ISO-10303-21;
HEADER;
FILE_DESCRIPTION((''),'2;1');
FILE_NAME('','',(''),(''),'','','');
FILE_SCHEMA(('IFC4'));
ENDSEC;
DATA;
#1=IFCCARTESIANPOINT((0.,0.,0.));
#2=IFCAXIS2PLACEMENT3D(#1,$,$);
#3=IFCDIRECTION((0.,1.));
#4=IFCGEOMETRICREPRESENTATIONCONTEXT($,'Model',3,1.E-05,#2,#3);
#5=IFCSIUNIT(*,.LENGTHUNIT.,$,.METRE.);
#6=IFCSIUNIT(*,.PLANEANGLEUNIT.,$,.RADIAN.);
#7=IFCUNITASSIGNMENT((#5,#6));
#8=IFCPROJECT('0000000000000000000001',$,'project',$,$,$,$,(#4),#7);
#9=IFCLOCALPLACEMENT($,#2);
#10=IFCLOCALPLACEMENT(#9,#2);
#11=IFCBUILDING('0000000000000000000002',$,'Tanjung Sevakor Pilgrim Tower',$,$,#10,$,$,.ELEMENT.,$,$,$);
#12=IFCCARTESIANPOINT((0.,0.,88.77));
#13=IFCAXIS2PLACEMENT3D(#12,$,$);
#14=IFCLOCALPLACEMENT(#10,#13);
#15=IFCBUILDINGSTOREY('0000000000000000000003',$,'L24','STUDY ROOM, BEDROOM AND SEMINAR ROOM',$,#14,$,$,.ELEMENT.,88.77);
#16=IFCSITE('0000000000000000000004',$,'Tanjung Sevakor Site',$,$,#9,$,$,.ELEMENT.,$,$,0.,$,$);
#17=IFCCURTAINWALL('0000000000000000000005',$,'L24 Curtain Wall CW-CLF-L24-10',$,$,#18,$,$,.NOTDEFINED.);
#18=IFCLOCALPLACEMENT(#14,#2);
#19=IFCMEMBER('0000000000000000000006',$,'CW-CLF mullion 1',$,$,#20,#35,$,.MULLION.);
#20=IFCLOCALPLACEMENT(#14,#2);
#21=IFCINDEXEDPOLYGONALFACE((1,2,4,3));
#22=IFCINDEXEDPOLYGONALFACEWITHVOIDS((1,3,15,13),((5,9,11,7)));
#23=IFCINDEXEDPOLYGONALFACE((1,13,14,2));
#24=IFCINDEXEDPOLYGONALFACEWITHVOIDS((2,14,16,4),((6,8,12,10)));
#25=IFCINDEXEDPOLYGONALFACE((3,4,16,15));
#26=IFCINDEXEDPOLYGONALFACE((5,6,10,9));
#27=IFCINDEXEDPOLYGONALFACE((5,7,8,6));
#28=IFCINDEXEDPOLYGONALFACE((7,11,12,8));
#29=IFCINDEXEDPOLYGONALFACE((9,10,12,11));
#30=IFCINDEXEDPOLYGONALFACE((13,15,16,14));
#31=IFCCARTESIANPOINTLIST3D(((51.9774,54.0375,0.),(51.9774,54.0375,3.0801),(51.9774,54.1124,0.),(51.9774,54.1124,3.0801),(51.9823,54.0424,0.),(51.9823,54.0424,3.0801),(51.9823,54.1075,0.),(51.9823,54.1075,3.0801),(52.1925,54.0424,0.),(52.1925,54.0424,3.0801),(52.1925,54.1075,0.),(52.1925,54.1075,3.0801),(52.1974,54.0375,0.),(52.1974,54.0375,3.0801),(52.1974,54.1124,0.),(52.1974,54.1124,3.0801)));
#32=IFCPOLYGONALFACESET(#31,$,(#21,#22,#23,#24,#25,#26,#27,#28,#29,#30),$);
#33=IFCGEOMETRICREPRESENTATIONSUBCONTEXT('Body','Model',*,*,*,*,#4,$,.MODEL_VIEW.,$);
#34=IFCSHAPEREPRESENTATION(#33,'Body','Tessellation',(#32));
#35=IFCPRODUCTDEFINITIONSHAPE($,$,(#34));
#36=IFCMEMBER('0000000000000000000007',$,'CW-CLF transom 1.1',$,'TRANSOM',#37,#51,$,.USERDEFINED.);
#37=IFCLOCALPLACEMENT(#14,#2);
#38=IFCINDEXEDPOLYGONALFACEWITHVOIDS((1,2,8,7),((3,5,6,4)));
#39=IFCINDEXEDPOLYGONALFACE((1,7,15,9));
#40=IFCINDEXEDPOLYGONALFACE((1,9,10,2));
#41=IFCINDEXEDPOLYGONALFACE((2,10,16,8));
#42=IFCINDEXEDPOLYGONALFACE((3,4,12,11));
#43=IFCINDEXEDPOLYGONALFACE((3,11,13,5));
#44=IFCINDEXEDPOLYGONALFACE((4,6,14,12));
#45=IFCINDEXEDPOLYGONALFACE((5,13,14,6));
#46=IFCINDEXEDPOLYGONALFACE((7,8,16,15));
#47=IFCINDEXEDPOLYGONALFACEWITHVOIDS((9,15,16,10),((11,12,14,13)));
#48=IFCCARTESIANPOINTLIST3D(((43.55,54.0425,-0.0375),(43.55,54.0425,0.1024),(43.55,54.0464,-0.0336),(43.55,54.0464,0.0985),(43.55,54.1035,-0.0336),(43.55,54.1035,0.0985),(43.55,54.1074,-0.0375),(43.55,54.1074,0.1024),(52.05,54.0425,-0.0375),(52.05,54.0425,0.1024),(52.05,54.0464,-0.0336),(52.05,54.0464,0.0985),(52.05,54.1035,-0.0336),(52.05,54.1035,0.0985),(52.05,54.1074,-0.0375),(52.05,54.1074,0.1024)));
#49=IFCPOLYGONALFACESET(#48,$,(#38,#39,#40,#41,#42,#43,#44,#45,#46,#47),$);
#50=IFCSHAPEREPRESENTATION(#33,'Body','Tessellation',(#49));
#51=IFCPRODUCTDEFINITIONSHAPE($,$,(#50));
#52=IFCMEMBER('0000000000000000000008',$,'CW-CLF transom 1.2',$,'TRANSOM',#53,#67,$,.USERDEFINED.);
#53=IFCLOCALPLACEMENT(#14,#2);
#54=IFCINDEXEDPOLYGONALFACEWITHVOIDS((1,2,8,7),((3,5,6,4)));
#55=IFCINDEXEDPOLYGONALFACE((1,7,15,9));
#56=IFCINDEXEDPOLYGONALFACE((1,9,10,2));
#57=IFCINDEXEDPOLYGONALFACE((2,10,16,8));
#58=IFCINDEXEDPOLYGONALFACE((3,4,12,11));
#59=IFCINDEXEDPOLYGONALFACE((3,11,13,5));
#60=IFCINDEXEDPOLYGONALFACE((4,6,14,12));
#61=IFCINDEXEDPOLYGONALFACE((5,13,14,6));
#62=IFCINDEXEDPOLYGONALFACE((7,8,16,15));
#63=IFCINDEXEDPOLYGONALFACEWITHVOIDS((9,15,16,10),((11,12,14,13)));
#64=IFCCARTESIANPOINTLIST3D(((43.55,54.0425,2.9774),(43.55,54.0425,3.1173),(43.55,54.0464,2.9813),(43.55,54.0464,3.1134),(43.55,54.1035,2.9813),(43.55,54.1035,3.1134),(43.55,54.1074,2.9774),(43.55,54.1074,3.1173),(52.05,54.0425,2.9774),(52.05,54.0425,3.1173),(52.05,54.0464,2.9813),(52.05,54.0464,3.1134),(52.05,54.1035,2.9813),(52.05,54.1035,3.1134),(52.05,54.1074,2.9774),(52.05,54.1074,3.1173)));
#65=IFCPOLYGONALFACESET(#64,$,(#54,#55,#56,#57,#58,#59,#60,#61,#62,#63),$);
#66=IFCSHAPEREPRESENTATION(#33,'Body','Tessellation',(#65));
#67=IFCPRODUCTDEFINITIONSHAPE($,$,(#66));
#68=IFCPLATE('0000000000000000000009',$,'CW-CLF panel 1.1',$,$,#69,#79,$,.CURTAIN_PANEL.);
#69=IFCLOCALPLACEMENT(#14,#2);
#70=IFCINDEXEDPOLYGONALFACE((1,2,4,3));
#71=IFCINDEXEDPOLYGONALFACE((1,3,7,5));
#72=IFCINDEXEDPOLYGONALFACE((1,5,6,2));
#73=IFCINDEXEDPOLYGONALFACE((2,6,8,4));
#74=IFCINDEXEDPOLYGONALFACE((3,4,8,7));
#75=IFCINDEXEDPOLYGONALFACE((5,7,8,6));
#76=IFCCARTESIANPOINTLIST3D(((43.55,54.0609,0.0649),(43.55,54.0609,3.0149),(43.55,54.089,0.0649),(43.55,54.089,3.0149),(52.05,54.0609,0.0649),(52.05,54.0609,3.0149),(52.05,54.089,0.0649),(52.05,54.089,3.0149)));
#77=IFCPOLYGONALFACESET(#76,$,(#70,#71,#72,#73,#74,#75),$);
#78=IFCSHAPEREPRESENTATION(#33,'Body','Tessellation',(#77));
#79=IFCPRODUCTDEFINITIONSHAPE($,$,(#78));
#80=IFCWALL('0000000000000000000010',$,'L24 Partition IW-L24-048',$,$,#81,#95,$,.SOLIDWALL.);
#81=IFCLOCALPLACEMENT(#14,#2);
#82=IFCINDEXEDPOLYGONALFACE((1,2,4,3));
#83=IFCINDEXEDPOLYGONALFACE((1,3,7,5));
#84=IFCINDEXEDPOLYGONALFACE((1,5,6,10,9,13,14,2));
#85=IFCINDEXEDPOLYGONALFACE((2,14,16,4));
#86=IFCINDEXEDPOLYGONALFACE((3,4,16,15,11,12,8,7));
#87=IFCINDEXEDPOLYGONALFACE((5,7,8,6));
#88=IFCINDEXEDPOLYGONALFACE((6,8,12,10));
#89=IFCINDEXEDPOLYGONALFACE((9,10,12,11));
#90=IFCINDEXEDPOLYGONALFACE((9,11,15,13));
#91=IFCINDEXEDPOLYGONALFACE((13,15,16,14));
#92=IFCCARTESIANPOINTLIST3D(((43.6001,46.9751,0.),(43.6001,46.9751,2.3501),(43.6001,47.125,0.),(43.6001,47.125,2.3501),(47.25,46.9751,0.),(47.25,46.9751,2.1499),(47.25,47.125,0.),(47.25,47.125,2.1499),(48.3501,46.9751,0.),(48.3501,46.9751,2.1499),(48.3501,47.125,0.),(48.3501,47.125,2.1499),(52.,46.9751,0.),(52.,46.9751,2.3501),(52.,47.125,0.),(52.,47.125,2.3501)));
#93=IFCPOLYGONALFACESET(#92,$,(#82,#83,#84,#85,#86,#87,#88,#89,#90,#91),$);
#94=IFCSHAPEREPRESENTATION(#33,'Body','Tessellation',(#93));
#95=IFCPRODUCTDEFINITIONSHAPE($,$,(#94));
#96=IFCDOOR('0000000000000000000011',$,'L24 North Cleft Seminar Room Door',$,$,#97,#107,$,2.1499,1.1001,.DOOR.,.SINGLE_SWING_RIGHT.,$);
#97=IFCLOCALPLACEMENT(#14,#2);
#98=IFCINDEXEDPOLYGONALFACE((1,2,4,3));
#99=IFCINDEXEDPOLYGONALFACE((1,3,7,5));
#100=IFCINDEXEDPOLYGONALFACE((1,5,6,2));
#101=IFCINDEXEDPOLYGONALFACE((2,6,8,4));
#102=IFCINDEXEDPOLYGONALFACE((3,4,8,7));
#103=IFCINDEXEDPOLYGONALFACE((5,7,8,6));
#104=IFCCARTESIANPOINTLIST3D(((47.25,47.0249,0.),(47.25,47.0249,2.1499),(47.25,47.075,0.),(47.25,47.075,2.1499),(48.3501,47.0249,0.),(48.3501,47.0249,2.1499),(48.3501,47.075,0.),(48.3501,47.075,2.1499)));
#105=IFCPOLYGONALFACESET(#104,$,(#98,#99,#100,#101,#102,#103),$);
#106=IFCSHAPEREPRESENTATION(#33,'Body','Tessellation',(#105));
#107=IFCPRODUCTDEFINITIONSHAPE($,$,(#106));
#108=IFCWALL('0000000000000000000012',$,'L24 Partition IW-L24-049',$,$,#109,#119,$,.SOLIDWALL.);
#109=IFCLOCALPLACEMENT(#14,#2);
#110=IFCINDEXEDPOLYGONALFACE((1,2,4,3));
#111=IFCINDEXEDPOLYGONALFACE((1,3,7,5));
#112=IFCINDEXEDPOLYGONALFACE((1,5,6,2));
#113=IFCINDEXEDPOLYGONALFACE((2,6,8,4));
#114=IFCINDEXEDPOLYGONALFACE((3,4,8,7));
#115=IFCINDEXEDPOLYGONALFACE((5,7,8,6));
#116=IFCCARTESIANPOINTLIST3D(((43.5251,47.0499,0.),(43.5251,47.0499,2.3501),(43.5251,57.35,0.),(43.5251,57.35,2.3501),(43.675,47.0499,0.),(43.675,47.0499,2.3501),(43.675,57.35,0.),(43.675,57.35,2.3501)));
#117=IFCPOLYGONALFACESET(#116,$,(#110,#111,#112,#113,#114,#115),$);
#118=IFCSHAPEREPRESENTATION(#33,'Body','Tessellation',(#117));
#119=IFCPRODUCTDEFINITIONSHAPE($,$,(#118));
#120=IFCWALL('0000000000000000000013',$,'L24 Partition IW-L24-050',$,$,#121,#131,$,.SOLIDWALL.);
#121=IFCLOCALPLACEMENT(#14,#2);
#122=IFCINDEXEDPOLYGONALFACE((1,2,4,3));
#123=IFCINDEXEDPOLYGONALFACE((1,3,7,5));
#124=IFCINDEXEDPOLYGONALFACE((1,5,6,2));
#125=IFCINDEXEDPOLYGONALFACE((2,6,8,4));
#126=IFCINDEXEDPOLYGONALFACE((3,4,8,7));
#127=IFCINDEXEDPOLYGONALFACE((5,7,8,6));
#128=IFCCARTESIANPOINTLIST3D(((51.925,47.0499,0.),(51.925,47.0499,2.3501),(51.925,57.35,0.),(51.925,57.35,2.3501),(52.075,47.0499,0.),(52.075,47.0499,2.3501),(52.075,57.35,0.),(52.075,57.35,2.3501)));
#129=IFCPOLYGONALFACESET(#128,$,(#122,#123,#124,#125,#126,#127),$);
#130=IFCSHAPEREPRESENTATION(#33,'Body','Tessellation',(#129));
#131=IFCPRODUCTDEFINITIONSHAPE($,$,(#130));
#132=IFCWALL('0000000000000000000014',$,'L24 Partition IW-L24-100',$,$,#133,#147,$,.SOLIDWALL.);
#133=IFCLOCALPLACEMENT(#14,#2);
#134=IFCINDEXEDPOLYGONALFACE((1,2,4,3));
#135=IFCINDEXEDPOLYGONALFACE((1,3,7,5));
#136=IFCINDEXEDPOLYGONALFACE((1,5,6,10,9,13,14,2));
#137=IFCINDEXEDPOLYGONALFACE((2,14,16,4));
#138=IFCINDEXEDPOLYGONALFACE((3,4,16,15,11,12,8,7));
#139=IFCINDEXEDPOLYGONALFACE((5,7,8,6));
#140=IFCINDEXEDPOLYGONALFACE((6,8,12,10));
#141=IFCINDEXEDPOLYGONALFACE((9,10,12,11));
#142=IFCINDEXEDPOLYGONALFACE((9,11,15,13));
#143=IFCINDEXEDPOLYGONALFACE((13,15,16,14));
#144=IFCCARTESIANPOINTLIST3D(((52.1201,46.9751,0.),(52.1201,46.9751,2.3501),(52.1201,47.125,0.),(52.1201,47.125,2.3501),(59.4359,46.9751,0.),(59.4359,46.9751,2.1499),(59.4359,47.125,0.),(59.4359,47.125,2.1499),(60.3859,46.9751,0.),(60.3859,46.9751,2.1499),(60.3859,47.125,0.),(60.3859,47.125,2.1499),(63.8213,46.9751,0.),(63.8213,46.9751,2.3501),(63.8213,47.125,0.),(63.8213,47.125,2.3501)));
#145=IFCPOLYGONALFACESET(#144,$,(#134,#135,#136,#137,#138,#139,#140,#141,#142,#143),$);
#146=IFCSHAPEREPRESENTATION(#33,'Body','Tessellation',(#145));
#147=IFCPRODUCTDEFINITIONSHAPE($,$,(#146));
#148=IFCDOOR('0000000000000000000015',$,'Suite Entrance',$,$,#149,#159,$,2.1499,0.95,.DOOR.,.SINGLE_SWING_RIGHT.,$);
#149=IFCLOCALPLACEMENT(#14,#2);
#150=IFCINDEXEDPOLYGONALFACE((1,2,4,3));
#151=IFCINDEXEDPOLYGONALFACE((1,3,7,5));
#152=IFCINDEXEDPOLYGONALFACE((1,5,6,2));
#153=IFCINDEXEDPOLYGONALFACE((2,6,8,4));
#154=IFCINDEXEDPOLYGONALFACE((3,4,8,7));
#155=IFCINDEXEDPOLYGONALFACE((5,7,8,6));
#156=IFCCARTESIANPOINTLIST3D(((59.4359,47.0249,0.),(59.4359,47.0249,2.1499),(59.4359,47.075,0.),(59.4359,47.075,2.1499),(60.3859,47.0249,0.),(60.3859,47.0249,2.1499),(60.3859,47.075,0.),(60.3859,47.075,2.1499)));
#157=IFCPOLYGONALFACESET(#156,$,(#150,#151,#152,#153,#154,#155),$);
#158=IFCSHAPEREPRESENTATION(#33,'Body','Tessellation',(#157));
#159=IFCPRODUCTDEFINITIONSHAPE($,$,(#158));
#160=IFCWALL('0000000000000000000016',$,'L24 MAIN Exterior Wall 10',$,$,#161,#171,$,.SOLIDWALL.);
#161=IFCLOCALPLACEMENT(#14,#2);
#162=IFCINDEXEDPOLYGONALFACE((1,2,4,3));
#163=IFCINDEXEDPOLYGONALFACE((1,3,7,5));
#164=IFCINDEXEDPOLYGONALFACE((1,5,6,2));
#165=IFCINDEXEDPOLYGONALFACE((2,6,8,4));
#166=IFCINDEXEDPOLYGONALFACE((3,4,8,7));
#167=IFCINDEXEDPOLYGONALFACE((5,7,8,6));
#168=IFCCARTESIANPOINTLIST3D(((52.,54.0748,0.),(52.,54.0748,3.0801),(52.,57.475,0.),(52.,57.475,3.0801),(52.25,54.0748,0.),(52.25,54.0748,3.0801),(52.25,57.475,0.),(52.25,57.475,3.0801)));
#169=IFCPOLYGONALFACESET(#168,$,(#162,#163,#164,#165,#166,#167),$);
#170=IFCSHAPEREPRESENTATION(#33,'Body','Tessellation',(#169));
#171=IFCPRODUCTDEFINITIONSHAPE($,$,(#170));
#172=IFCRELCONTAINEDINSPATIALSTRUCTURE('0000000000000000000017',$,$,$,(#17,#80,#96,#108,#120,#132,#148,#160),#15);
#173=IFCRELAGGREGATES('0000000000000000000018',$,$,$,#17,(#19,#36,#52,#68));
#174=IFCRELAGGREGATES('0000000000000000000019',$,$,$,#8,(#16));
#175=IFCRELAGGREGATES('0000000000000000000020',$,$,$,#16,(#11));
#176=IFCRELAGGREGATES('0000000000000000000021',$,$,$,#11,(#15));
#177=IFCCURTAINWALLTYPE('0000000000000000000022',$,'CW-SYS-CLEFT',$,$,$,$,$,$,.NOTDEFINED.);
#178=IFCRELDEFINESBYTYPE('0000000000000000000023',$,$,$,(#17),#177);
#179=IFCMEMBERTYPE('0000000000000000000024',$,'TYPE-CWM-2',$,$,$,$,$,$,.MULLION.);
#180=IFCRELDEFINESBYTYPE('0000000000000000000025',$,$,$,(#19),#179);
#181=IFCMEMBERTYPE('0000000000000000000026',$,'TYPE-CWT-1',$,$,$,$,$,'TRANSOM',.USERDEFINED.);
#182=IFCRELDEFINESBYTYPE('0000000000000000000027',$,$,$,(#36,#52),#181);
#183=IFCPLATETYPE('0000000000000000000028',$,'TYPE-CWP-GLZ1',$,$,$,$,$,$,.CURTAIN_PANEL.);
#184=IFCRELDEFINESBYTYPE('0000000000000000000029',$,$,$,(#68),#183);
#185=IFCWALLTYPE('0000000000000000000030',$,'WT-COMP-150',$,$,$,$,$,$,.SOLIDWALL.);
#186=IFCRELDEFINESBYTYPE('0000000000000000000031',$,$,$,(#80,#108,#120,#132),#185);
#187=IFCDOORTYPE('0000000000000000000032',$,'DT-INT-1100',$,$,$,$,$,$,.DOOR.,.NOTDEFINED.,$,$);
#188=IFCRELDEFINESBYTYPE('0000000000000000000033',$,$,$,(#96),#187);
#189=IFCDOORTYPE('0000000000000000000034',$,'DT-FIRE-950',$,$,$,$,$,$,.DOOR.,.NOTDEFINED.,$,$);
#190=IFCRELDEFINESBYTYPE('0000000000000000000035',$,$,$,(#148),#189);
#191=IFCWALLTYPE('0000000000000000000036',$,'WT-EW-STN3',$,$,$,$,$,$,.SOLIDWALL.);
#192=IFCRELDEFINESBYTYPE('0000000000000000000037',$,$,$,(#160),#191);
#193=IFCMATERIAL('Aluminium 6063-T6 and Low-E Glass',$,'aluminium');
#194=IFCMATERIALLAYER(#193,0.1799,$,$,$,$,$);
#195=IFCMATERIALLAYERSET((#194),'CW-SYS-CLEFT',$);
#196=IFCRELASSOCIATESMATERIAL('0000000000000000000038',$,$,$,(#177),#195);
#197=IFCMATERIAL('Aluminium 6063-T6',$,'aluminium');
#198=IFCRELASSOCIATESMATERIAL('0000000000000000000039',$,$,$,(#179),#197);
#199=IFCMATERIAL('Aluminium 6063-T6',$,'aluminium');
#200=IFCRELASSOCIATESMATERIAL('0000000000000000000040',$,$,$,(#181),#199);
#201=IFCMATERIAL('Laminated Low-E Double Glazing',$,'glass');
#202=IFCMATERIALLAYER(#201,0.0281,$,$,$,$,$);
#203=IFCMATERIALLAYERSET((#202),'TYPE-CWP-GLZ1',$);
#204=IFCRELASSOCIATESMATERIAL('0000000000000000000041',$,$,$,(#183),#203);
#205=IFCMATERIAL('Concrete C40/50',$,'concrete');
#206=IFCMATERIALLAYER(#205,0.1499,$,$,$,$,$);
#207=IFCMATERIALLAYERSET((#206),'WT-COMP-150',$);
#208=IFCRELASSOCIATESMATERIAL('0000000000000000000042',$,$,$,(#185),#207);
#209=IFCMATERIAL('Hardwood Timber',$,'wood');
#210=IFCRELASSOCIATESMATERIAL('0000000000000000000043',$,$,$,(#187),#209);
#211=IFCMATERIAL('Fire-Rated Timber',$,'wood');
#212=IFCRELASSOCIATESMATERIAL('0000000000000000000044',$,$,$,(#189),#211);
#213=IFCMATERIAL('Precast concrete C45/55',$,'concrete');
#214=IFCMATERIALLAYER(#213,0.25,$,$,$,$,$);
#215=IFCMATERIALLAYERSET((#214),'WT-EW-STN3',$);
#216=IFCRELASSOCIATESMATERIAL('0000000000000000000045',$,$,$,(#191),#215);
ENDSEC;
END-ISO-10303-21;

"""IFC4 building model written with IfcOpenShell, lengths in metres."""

from ifc_helpers import new_model, si_unit, direction, frame, frame_2d, origin, origin_2d, place, context, subcontext, project, spatial, rectangle, hollow_rectangle, extrude, material, layer, layer_set, material_profile, profile_set, type_object, element, fill, aggregate, save


model = new_model("IFC4")

# Units and contexts
model_context = context("Model", 3, precision=1e-05, world=origin(), true_north=direction((0.0, 1.0)))
body_context = subcontext(model_context, "Body", "Model", "MODEL_VIEW")
ifc_project = project(units=[si_unit("LENGTHUNIT", "METRE"), si_unit("PLANEANGLEUNIT", "RADIAN")], contexts=[model_context])

# Site, building, storey
site_placement = place(None, origin())
site = spatial("IfcSite", under=ifc_project, at=site_placement, Name="Tanjung Sevakor Site", CompositionType="ELEMENT", RefElevation=0.0)
building_placement = place(site_placement, origin())
building = spatial("IfcBuilding", under=site, at=building_placement, Name="Tanjung Sevakor Pilgrim Tower", CompositionType="ELEMENT")
storey_placement = place(building_placement, frame((0.0, 0.0, 88.77)))
storey = spatial("IfcBuildingStorey", under=building, at=storey_placement, Name="L24", Description="STUDY ROOM, BEDROOM AND SEMINAR ROOM", CompositionType="ELEMENT", Elevation=88.77)

# Curtain wall, members, plate
ifc_material_1 = material(Name="Aluminium 6063-T6 and Low-E Glass", Category="aluminium")
ifc_layer_1 = layer(ifc_material_1, 0.1799)
ifc_layer_set_1 = layer_set([ifc_layer_1], Name="CW-SYS-CLEFT")
curtain_wall_type = type_object("IfcCurtainWallType", Name="CW-SYS-CLEFT", PredefinedType="NOTDEFINED", material=ifc_layer_set_1)
curtain_wall_placement = place(storey_placement, origin())
curtain_wall = element("IfcCurtainWall", 1, at=curtain_wall_placement, inside=storey, type_object=curtain_wall_type, Name="L24 Curtain Wall CW-CLF-L24-10", PredefinedType="NOTDEFINED")
ifc_material_2 = material(Name="Aluminium 6063-T6", Category="aluminium")
ifc_material_profile_1 = material_profile(ifc_material_2, hollow_rectangle(XDim=0.075, YDim=0.22, WallThickness=0.0049, at=origin_2d()))
ifc_profile_set_1 = profile_set([ifc_material_profile_1], Name="Aluminium 6063-T6")
member_type_1 = type_object("IfcMemberType", Name="TYPE-CWM-2", PredefinedType="MULLION", material=ifc_profile_set_1)
member_1_placement = place(storey_placement, frame((52.0874, 54.075, 0.0), z_axis=(0.0, 0.0, 1.0), x_axis=(0.0, -1.0, 0.0)))
member_1 = element("IfcMember", 2, at=member_1_placement, type_object=member_type_1, Name="CW-CLF mullion 1", PredefinedType="MULLION", context=body_context, shape_type="SweptSolid", body=[
    extrude(hollow_rectangle(XDim=0.075, YDim=0.22, WallThickness=0.0049, at=origin_2d()), origin(), (0.0, 0.0, 1.0), 3.0801),
])
ifc_material_3 = material(Name="Aluminium 6063-T6", Category="aluminium")
ifc_material_profile_2 = material_profile(ifc_material_3, hollow_rectangle(XDim=0.0649, YDim=0.1399, WallThickness=0.0039, at=origin_2d()))
ifc_profile_set_2 = profile_set([ifc_material_profile_2], Name="Aluminium 6063-T6")
member_type_2 = type_object("IfcMemberType", Name="TYPE-CWT-1", ElementType="TRANSOM", PredefinedType="USERDEFINED", material=ifc_profile_set_2)
member_2_placement = place(storey_placement, frame((52.05, 54.075, 0.0325), z_axis=(-1.0, 0.0, 0.0), x_axis=(0.0, -1.0, 0.0)))
member_2 = element("IfcMember", 3, at=member_2_placement, type_object=member_type_2, Name="CW-CLF transom 1.1", ObjectType="TRANSOM", PredefinedType="USERDEFINED", context=body_context, shape_type="SweptSolid", body=[
    extrude(hollow_rectangle(XDim=0.0649, YDim=0.1399, WallThickness=0.0039, at=origin_2d()), origin(), (0.0, 0.0, 1.0), 8.5),
])
member_3_placement = place(storey_placement, frame((52.05, 54.075, 3.0474), z_axis=(-1.0, 0.0, 0.0), x_axis=(0.0, -1.0, 0.0)))
member_3 = element("IfcMember", 4, at=member_3_placement, type_object=member_type_2, Name="CW-CLF transom 1.2", ObjectType="TRANSOM", PredefinedType="USERDEFINED", context=body_context, shape_type="SweptSolid", body=[
    extrude(hollow_rectangle(XDim=0.0649, YDim=0.1399, WallThickness=0.0039, at=origin_2d()), origin(), (0.0, 0.0, 1.0), 8.5),
])
ifc_material_4 = material(Name="Laminated Low-E Double Glazing", Category="glass")
ifc_layer_2 = layer(ifc_material_4, 0.0281)
ifc_layer_set_2 = layer_set([ifc_layer_2], Name="TYPE-CWP-GLZ1")
plate_type = type_object("IfcPlateType", Name="TYPE-CWP-GLZ1", PredefinedType="CURTAIN_PANEL", material=ifc_layer_set_2)
plate_placement = place(storey_placement, frame((47.8, 54.075, 0.0649), z_axis=(0.0, 0.0, 1.0), x_axis=(-1.0, 0.0, 0.0)))
plate = element("IfcPlate", 5, at=plate_placement, type_object=plate_type, Name="CW-CLF panel 1.1", PredefinedType="CURTAIN_PANEL", context=body_context, shape_type="SweptSolid", body=[
    extrude(rectangle(XDim=8.5, YDim=0.0281, at=origin_2d()), origin(), (0.0, 0.0, 1.0), 2.95),
])
aggregate(curtain_wall, [member_1, member_2, member_3, plate])

# Wall, opening, door
ifc_material_5 = material(Name="Concrete C40/50", Category="concrete")
ifc_layer_3 = layer(ifc_material_5, 0.1499)
ifc_layer_set_3 = layer_set([ifc_layer_3], Name="WT-COMP-150")
wall_type_1 = type_object("IfcWallType", Name="WT-COMP-150", PredefinedType="SOLIDWALL", material=ifc_layer_set_3)
wall_1_placement = place(storey_placement, frame((43.6001, 47.05, 0.0), z_axis=(0.0, 0.0, 1.0), x_axis=(1.0, 0.0, 0.0)))
wall_1 = element("IfcWall", 6, at=wall_1_placement, inside=storey, type_object=wall_type_1, Name="L24 Partition IW-L24-048", PredefinedType="SOLIDWALL", context=body_context, shape_type="SweptSolid", body=[
    extrude(rectangle(XDim=8.3999, YDim=0.1499, at=frame_2d((4.2, 0.0))), origin(), (0.0, 0.0, 1.0), 2.3501),
])
opening_1_placement = place(wall_1_placement, frame((3.6499, 0.0, 0.0)))
opening_1 = element("IfcOpeningElement", 7, at=opening_1_placement, cuts=wall_1, PredefinedType="OPENING", context=body_context, shape_type="SweptSolid", body=[
    extrude(rectangle(XDim=1.1001, YDim=2.1499, at=frame_2d((0.55, 1.075))), frame((0.0, 0.085, 0.0), z_axis=(0.0, -1.0, 0.0), x_axis=(1.0, 0.0, 0.0)), (0.0, 0.0, 1.0), 0.1699),
])
ifc_material_6 = material(Name="Hardwood Timber", Category="wood")
door_type_1 = type_object("IfcDoorType", Name="DT-INT-1100", OperationType="NOTDEFINED", PredefinedType="DOOR", material=ifc_material_6)
door_1_placement = place(opening_1_placement, origin())
door_1 = element("IfcDoor", 8, at=door_1_placement, inside=storey, type_object=door_type_1, Name="L24 North Cleft Seminar Room Door", OperationType="SINGLE_SWING_RIGHT", OverallHeight=2.1499, OverallWidth=1.1001, PredefinedType="DOOR", context=body_context, shape_type="SweptSolid", body=[
    extrude(rectangle(XDim=1.1001, YDim=2.1499, at=frame_2d((0.55, 1.075))), frame((0.0, 0.0249, 0.0), z_axis=(0.0, -1.0, 0.0), x_axis=(1.0, 0.0, 0.0)), (0.0, 0.0, 1.0), 0.05),
])
fill(opening_1, door_1)

# Walls
for number, where, z_axis, x_axis, name in (
    (9, (43.6001, 47.05, 0.0), (0.0, 0.0, 1.0), (0.0, 1.0, 0.0), "L24 Partition IW-L24-049"),
    (10, (52.0, 47.05, 0.0), (0.0, 0.0, 1.0), (0.0, 1.0, 0.0), "L24 Partition IW-L24-050"),
):
    element("IfcWall", number, at=place(storey_placement, frame(where, z_axis=z_axis, x_axis=x_axis)), inside=storey, type_object=wall_type_1, Name=name, PredefinedType="SOLIDWALL", context=body_context, shape_type="SweptSolid", body=[
        extrude(rectangle(XDim=10.3, YDim=0.1499, at=frame_2d((5.1499, 0.0))), origin(), (0.0, 0.0, 1.0), 2.3501),
    ])

# Wall, opening, door
wall_2_placement = place(storey_placement, frame((52.1201, 47.05, 0.0), z_axis=(0.0, 0.0, 1.0), x_axis=(1.0, 0.0, 0.0)))
wall_2 = element("IfcWall", 11, at=wall_2_placement, inside=storey, type_object=wall_type_1, Name="L24 Partition IW-L24-100", PredefinedType="SOLIDWALL", context=body_context, shape_type="SweptSolid", body=[
    extrude(rectangle(XDim=11.7012, YDim=0.1499, at=frame_2d((5.8506, 0.0))), origin(), (0.0, 0.0, 1.0), 2.3501),
])
opening_2_placement = place(wall_2_placement, frame((7.3157, 0.0, 0.0)))
opening_2 = element("IfcOpeningElement", 12, at=opening_2_placement, cuts=wall_2, PredefinedType="OPENING", context=body_context, shape_type="SweptSolid", body=[
    extrude(rectangle(XDim=0.95, YDim=2.1499, at=frame_2d((0.4751, 1.075))), frame((0.0, 0.085, 0.0), z_axis=(0.0, -1.0, 0.0), x_axis=(1.0, 0.0, 0.0)), (0.0, 0.0, 1.0), 0.1699),
])
ifc_material_7 = material(Name="Fire-Rated Timber", Category="wood")
door_type_2 = type_object("IfcDoorType", Name="DT-FIRE-950", OperationType="NOTDEFINED", PredefinedType="DOOR", material=ifc_material_7)
door_2_placement = place(opening_2_placement, origin())
door_2 = element("IfcDoor", 13, at=door_2_placement, inside=storey, type_object=door_type_2, Name="Suite Entrance", OperationType="SINGLE_SWING_RIGHT", OverallHeight=2.1499, OverallWidth=0.95, PredefinedType="DOOR", context=body_context, shape_type="SweptSolid", body=[
    extrude(rectangle(XDim=0.95, YDim=2.1499, at=frame_2d((0.4751, 1.075))), frame((0.0, 0.0249, 0.0), z_axis=(0.0, -1.0, 0.0), x_axis=(1.0, 0.0, 0.0)), (0.0, 0.0, 1.0), 0.05),
])
fill(opening_2, door_2)

# Wall
ifc_material_8 = material(Name="Precast concrete C45/55", Category="concrete")
ifc_layer_4 = layer(ifc_material_8, 0.25)
ifc_layer_set_4 = layer_set([ifc_layer_4], Name="WT-EW-STN3")
wall_type_2 = type_object("IfcWallType", Name="WT-EW-STN3", PredefinedType="SOLIDWALL", material=ifc_layer_set_4)
wall_3_placement = place(storey_placement, frame((52.125, 57.4751, 0.0), z_axis=(0.0, 0.0, 1.0), x_axis=(0.0, -1.0, 0.0)))
element("IfcWall", 14, at=wall_3_placement, inside=storey, type_object=wall_type_2, Name="L24 MAIN Exterior Wall 10", PredefinedType="SOLIDWALL", context=body_context, shape_type="SweptSolid", body=[
    extrude(rectangle(XDim=3.4001, YDim=0.25, at=frame_2d((1.7002, 0.0))), origin(), (0.0, 0.0, 1.0), 3.0801),
])

save(model, "model.ifc")
